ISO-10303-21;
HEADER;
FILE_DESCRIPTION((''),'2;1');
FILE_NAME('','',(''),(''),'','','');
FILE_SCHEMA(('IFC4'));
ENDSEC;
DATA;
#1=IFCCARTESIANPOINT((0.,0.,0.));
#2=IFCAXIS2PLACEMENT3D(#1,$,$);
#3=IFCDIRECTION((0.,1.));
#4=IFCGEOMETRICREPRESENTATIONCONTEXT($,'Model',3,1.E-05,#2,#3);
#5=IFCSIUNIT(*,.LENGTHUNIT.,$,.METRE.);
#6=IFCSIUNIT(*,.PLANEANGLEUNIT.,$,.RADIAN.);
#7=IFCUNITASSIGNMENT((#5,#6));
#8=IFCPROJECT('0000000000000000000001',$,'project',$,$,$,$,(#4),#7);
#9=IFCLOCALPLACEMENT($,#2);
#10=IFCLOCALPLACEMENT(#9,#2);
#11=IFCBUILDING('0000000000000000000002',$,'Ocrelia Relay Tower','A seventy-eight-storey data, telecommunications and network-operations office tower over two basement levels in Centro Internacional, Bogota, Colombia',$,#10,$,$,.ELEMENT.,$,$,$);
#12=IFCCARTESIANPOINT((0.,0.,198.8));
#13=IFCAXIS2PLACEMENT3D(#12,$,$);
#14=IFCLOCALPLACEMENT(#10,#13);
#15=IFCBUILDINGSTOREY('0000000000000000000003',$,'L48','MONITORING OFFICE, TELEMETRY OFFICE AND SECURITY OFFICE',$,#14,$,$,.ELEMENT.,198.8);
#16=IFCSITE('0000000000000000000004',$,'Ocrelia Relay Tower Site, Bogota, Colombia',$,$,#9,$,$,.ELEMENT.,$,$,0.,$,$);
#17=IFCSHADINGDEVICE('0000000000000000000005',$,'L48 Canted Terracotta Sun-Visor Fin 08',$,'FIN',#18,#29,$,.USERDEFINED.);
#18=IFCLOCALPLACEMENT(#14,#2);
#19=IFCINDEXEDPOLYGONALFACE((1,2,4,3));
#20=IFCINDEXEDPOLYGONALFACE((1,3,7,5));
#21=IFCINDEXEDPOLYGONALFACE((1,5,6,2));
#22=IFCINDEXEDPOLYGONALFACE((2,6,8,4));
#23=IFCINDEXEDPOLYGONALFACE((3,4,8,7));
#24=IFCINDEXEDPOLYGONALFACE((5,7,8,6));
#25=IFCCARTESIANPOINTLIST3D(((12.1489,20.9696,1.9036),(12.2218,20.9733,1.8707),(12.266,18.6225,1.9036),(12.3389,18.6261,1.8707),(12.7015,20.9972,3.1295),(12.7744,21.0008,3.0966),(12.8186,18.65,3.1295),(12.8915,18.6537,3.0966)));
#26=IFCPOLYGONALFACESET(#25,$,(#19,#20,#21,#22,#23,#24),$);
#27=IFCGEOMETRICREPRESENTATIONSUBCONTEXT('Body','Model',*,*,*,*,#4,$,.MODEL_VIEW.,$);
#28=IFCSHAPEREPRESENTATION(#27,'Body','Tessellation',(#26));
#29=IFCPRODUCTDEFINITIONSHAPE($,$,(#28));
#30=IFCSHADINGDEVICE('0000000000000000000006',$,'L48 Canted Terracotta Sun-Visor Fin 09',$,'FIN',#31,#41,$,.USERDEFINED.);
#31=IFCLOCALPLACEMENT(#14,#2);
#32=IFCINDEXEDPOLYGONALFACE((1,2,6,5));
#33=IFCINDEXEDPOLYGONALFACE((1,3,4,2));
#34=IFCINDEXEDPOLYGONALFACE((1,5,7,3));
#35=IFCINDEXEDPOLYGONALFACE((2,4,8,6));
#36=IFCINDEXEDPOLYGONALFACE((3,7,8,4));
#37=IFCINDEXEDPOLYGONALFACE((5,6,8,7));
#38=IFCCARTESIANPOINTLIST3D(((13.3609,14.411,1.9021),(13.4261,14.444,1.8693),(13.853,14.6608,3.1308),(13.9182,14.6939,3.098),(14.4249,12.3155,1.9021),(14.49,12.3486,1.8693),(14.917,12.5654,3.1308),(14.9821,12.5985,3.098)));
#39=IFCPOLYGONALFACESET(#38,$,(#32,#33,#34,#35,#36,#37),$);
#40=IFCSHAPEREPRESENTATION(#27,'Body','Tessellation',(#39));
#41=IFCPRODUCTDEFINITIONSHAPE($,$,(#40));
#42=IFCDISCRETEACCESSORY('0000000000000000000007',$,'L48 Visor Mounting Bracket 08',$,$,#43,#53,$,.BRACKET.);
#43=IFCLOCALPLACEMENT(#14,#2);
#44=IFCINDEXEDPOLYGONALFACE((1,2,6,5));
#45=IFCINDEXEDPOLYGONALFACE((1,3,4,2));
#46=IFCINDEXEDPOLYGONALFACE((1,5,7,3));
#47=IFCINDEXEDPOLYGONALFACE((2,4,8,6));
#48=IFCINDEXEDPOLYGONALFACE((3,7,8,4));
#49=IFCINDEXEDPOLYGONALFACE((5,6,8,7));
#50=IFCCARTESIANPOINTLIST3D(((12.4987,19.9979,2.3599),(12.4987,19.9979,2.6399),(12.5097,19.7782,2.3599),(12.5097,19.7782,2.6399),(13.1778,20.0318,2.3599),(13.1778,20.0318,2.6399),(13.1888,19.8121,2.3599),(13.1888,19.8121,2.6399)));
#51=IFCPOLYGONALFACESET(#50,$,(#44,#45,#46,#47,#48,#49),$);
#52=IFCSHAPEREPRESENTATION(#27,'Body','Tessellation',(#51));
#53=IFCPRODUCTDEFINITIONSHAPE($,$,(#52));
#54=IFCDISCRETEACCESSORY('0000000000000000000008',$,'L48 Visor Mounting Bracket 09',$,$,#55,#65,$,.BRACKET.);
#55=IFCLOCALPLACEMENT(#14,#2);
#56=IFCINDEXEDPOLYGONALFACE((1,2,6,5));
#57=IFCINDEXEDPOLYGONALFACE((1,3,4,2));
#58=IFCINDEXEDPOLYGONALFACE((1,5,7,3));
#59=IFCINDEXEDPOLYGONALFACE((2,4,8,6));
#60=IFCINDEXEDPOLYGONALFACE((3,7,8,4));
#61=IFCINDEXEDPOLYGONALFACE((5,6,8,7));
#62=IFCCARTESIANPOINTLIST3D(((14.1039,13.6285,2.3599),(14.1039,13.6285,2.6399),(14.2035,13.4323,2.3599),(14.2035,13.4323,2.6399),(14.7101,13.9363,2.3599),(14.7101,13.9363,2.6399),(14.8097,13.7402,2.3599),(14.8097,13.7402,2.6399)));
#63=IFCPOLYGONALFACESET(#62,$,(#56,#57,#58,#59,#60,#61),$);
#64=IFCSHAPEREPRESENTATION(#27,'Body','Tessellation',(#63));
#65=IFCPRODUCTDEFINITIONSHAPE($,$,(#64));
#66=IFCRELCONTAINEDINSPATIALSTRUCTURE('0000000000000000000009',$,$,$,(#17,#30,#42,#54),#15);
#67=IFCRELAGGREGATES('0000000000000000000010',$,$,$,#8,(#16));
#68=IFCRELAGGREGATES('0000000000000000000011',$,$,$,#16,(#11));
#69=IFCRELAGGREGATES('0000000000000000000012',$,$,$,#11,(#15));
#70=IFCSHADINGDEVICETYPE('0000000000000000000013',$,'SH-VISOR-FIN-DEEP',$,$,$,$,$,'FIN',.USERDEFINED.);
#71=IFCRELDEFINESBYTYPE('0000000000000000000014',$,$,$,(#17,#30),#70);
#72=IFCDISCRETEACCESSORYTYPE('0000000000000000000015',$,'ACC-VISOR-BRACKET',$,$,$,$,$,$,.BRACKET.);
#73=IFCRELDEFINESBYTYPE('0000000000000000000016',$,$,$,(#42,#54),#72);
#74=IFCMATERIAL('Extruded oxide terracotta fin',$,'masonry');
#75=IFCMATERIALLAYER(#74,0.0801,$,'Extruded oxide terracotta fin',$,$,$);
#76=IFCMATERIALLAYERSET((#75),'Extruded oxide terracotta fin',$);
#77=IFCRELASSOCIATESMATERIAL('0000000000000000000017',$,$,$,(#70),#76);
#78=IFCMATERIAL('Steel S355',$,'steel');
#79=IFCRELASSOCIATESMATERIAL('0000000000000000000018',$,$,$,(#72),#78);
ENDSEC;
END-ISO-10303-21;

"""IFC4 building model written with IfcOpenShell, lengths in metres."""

from ifc_helpers import new_model, si_unit, direction, frame, origin, origin_2d, place, context, subcontext, project, spatial, rectangle, extrude, material, layer, layer_set, type_object, element, save


model = new_model("IFC4")

# Units and contexts
model_context = context("Model", 3, precision=1e-05, world=origin(), true_north=direction((0.0, 1.0)))
body_context = subcontext(model_context, "Body", "Model", "MODEL_VIEW")
ifc_project = project(units=[si_unit("LENGTHUNIT", "METRE"), si_unit("PLANEANGLEUNIT", "RADIAN")], contexts=[model_context])

# Site, building, storey
site_placement = place(None, origin())
site = spatial("IfcSite", under=ifc_project, at=site_placement, Name="Ocrelia Relay Tower Site, Bogota, Colombia", CompositionType="ELEMENT", RefElevation=0.0)
building_placement = place(site_placement, origin())
building = spatial("IfcBuilding", under=site, at=building_placement, Name="Ocrelia Relay Tower", Description="A seventy-eight-storey data, telecommunications and network-operations office tower over two basement levels in Centro Internacional, Bogota, Colombia", CompositionType="ELEMENT")
storey_placement = place(building_placement, frame((0.0, 0.0, 198.8)))
storey = spatial("IfcBuildingStorey", under=building, at=storey_placement, Name="L48", Description="MONITORING OFFICE, TELEMETRY OFFICE AND SECURITY OFFICE", CompositionType="ELEMENT", Elevation=198.8)

# Shading devices
ifc_material_1 = material(Name="Extruded oxide terracotta fin", Category="masonry")
ifc_layer_1 = layer(ifc_material_1, 0.0801, Name="Extruded oxide terracotta fin")
ifc_layer_set_1 = layer_set([ifc_layer_1], Name="Extruded oxide terracotta fin")
shading_device_type = type_object("IfcShadingDeviceType", Name="SH-VISOR-FIN-DEEP", ElementType="FIN", PredefinedType="USERDEFINED", material=ifc_layer_set_1)
shading_device_1_placement = place(storey_placement, frame((12.5566, 19.8135, 2.4836), z_axis=(-0.910343, -0.045418, 0.411355), x_axis=(0.049829, -0.998758, 0.0)))
element("IfcShadingDevice", 1, at=shading_device_1_placement, inside=storey, type_object=shading_device_type, Name="L48 Canted Terracotta Sun-Visor Fin 08", ObjectType="FIN", PredefinedType="USERDEFINED", context=body_context, shape_type="SweptSolid", body=[
    extrude(rectangle(XDim=2.3501, YDim=1.345, at=origin_2d()), origin(), (0.0, 0.0, 1.0), 0.0801),
])
shading_device_2_placement = place(storey_placement, frame((14.2041, 13.5212, 2.4836), z_axis=(-0.81335, -0.412984, 0.409764), x_axis=(0.452738, -0.891644, 0.0)))
element("IfcShadingDevice", 2, at=shading_device_2_placement, inside=storey, type_object=shading_device_type, Name="L48 Canted Terracotta Sun-Visor Fin 09", ObjectType="FIN", PredefinedType="USERDEFINED", context=body_context, shape_type="SweptSolid", body=[
    extrude(rectangle(XDim=2.3501, YDim=1.3469, at=origin_2d()), origin(), (0.0, 0.0, 1.0), 0.0801),
])

# Discrete accessories
ifc_material_2 = material(Name="Steel S355", Category="steel")
discrete_accessory_type = type_object("IfcDiscreteAccessoryType", Name="ACC-VISOR-BRACKET", PredefinedType="BRACKET", material=ifc_material_2)
for number, where, z_axis, x_axis, name in (
    (3, (12.8438, 19.905, 2.3599), (0.0, 0.0, 1.0), (0.049829, -0.998758, 0.0), "L48 Visor Mounting Bracket 08"),
    (4, (14.4568, 13.6843, 2.3599), (0.0, 0.0, 1.0), (0.452738, -0.891644, 0.0), "L48 Visor Mounting Bracket 09"),
):
    element("IfcDiscreteAccessory", number, at=place(storey_placement, frame(where, z_axis=z_axis, x_axis=x_axis)), inside=storey, type_object=discrete_accessory_type, Name=name, PredefinedType="BRACKET", context=body_context, shape_type="SweptSolid", body=[
        extrude(rectangle(XDim=0.22, YDim=0.6799, at=origin_2d()), origin(), (0.0, 0.0, 1.0), 0.28),
    ])

save(model, "model.ifc")
